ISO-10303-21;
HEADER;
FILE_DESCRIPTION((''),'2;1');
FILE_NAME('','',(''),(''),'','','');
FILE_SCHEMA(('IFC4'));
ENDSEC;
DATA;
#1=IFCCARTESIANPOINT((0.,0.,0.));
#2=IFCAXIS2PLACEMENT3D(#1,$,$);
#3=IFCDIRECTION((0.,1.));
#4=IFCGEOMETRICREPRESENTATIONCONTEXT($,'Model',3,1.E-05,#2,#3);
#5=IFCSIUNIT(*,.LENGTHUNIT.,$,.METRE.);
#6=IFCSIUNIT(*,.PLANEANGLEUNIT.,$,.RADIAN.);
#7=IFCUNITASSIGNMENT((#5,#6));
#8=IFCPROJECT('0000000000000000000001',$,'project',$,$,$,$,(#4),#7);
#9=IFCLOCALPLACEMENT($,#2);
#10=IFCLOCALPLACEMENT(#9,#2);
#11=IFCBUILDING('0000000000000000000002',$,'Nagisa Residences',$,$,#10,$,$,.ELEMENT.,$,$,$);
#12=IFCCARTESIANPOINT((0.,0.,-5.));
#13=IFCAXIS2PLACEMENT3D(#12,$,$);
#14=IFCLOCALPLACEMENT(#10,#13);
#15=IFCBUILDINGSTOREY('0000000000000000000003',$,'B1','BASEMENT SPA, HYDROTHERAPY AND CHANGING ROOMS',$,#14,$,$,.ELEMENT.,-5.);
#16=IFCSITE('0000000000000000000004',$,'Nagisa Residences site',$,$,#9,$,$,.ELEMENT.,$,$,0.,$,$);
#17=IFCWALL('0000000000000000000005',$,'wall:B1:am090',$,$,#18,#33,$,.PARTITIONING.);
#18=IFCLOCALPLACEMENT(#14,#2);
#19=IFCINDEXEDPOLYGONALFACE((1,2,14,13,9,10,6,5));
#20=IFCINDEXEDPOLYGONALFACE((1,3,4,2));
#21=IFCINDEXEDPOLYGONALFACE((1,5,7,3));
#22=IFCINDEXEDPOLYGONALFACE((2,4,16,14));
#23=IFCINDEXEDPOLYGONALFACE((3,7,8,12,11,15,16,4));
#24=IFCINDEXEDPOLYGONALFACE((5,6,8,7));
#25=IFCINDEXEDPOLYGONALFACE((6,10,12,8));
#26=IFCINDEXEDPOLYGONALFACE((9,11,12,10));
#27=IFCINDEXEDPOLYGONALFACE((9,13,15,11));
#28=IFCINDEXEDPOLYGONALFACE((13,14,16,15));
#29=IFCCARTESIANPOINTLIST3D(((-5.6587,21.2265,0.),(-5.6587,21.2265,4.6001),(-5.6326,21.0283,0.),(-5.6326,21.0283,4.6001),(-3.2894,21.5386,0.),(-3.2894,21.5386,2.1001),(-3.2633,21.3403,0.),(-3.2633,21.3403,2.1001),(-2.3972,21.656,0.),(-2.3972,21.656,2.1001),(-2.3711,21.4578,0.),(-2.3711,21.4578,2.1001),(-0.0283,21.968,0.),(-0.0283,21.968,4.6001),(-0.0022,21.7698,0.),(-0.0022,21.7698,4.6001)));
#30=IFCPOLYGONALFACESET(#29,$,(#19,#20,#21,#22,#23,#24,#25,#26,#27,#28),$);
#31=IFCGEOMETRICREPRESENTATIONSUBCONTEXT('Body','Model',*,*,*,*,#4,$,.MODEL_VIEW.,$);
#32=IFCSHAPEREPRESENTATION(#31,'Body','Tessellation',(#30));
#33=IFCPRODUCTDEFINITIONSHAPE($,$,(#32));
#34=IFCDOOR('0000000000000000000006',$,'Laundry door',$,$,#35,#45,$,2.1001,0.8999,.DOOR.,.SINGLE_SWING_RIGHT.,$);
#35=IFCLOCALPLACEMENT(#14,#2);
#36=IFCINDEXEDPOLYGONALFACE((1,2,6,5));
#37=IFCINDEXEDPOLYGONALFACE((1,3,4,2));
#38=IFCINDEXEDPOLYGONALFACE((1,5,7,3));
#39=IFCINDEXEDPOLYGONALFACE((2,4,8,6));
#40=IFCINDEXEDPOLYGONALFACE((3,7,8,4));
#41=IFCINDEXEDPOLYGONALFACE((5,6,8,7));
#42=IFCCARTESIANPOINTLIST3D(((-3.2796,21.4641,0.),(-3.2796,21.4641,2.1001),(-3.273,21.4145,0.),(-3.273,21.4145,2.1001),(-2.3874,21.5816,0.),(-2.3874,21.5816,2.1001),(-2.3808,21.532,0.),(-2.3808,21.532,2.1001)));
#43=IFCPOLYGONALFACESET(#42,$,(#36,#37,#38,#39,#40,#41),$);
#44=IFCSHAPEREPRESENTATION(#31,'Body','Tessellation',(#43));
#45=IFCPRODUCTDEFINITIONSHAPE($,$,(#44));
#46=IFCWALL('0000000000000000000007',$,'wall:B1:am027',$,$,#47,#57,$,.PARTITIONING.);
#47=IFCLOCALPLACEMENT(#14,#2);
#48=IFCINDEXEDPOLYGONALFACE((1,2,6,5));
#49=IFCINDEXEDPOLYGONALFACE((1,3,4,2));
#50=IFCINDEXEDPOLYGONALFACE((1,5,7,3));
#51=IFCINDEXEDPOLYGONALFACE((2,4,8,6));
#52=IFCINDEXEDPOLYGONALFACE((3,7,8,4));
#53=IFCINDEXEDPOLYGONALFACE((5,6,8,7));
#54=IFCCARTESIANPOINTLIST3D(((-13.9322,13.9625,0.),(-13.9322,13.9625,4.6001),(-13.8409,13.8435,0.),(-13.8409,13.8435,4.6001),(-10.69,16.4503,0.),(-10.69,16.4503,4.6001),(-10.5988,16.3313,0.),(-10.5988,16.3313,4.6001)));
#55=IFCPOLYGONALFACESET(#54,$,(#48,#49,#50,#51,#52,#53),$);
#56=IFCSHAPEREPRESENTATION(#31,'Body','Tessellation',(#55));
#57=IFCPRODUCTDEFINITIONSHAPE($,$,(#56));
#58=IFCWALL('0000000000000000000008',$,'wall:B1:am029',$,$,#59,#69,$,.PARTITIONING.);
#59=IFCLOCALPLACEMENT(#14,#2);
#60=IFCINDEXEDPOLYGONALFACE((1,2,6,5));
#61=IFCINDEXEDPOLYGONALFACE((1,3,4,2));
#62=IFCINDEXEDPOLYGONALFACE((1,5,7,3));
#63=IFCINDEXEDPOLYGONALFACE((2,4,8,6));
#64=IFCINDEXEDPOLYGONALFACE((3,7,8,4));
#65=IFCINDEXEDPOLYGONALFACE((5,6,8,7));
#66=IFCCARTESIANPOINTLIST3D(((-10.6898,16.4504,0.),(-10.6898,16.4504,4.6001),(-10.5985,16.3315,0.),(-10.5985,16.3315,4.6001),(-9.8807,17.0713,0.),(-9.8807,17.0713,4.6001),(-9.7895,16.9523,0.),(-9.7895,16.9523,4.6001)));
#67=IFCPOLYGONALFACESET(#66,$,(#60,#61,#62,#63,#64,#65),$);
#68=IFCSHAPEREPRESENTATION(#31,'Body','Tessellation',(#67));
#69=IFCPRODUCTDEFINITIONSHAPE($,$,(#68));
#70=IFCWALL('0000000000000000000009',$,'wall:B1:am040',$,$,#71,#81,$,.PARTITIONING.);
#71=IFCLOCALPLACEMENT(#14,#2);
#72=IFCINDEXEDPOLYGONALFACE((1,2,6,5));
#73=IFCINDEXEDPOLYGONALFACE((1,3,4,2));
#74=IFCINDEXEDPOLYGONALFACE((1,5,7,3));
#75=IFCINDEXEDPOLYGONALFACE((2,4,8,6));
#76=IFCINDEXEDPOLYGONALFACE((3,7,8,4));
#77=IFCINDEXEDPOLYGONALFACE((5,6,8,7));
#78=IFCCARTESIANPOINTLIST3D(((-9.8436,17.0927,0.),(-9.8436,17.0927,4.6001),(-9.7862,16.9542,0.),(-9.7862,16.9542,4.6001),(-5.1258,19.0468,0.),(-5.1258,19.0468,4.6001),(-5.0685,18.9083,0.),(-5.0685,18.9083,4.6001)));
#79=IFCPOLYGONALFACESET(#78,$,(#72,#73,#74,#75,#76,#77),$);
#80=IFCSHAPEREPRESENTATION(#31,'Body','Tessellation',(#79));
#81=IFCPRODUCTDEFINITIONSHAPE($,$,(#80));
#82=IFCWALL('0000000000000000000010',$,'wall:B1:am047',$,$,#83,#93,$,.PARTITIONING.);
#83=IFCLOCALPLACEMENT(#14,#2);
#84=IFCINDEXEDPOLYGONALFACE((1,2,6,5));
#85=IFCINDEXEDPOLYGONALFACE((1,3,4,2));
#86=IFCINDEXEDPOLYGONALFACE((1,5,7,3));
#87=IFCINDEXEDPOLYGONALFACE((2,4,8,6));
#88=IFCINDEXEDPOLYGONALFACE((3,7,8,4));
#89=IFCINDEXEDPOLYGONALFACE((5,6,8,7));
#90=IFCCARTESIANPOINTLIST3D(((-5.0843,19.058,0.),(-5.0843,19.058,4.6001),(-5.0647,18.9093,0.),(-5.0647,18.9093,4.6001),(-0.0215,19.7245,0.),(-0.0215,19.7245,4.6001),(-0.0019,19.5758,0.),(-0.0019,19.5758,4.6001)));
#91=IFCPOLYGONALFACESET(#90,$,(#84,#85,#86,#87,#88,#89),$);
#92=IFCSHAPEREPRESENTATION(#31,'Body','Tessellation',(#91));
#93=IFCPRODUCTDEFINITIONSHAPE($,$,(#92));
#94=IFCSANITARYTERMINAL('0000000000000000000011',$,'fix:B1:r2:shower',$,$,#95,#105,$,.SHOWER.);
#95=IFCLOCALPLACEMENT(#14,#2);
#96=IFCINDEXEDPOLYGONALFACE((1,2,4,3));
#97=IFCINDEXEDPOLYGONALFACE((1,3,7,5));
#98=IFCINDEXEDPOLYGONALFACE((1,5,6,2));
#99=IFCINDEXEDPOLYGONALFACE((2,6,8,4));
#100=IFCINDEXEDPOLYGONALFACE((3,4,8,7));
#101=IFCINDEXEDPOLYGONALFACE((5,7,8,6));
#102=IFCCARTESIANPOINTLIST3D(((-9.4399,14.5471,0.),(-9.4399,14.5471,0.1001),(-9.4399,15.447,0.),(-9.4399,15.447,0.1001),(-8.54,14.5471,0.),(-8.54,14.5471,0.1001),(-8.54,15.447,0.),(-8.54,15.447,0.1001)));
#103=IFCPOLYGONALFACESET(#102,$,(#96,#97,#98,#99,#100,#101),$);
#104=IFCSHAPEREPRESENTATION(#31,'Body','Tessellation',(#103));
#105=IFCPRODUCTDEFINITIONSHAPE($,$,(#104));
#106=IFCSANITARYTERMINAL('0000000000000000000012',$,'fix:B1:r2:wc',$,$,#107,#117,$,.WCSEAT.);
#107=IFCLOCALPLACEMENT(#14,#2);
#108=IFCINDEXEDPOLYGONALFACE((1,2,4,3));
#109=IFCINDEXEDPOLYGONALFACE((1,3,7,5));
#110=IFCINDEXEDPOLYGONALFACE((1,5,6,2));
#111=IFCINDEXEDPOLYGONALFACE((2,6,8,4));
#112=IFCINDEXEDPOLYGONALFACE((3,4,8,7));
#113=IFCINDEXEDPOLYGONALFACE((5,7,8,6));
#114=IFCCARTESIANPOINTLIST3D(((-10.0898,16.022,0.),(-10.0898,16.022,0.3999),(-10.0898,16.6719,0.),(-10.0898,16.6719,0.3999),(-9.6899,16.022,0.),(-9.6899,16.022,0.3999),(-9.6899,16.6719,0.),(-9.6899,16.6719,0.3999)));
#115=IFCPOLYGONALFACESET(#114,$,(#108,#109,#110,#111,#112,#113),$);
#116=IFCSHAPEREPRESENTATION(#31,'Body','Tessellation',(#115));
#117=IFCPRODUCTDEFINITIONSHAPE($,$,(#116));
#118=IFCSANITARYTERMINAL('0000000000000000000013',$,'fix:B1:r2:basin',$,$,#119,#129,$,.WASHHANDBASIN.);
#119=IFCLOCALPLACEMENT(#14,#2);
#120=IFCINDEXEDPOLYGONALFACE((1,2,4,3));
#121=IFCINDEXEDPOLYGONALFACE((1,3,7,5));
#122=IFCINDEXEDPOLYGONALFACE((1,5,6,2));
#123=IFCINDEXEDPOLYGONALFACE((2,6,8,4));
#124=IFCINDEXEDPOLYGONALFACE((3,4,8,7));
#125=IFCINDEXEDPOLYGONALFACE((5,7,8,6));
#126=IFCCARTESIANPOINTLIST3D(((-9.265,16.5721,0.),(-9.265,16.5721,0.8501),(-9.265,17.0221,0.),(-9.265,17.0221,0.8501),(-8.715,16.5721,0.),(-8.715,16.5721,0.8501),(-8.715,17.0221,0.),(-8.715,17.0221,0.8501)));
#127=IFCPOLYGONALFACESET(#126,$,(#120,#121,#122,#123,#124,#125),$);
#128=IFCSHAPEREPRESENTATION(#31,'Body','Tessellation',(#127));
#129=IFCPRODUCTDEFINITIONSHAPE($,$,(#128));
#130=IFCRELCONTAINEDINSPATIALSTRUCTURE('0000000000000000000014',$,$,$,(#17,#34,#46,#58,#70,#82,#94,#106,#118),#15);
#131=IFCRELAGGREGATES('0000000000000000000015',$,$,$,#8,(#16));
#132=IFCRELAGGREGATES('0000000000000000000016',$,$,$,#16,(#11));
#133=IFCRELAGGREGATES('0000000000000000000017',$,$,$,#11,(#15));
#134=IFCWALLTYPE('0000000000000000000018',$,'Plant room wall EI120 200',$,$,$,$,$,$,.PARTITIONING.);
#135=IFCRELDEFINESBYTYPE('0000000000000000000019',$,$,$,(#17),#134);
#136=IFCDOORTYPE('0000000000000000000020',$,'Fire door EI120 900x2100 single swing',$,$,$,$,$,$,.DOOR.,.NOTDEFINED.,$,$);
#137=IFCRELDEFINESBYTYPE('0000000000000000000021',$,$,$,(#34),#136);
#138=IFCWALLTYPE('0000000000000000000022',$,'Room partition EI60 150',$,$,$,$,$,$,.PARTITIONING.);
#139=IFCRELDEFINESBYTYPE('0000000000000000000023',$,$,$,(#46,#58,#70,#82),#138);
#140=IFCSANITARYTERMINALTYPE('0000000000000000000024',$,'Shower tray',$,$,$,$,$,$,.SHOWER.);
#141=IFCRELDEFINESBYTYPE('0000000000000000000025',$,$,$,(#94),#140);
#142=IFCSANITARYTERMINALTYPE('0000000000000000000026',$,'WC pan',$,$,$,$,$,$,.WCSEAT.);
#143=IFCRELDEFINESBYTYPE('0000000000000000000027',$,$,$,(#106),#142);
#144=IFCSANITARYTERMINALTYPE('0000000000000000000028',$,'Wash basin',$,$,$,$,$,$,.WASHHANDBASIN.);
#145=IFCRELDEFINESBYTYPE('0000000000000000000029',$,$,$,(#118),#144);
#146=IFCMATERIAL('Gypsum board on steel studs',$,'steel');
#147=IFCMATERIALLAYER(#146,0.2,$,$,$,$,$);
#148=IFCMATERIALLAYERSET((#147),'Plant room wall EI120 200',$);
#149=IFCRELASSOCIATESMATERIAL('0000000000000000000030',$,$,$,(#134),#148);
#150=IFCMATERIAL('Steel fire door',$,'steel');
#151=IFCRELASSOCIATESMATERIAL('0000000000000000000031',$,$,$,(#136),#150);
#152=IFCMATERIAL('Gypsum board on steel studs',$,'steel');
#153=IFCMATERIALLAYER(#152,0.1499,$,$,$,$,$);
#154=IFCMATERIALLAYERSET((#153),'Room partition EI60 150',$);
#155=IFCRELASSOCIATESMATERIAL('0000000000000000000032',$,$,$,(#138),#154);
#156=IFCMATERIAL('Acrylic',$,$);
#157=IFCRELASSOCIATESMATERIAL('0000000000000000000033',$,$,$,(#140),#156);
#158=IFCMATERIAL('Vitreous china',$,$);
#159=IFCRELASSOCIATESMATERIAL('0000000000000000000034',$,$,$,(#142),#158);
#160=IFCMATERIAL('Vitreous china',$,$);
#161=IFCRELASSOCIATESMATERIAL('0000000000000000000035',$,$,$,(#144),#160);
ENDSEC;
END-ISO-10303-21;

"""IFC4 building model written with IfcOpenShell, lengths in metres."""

from ifc_helpers import new_model, si_unit, direction, frame, frame_2d, origin, origin_2d, place, context, subcontext, project, spatial, rectangle, extrude, material, layer, layer_set, type_object, element, fill, save


model = new_model("IFC4")

# Units and contexts
model_context = context("Model", 3, precision=1e-05, world=origin(), true_north=direction((0.0, 1.0)))
body_context = subcontext(model_context, "Body", "Model", "MODEL_VIEW")
ifc_project = project(units=[si_unit("LENGTHUNIT", "METRE"), si_unit("PLANEANGLEUNIT", "RADIAN")], contexts=[model_context])

# Site, building, storey
site_placement = place(None, origin())
site = spatial("IfcSite", under=ifc_project, at=site_placement, Name="Nagisa Residences site", CompositionType="ELEMENT", RefElevation=0.0)
building_placement = place(site_placement, origin())
building = spatial("IfcBuilding", under=site, at=building_placement, Name="Nagisa Residences", CompositionType="ELEMENT")
storey_placement = place(building_placement, frame((0.0, 0.0, -5.0)))
storey = spatial("IfcBuildingStorey", under=building, at=storey_placement, Name="B1", Description="BASEMENT SPA, HYDROTHERAPY AND CHANGING ROOMS", CompositionType="ELEMENT", Elevation=-5.0)

# Shared definitions
ifc_material_1 = material(Name="Gypsum board on steel studs", Category="steel")
ifc_layer_1 = layer(ifc_material_1, 0.2)
ifc_layer_set_1 = layer_set([ifc_layer_1], Name="Plant room wall EI120 200")
wall_type_1 = type_object("IfcWallType", Name="Plant room wall EI120 200", PredefinedType="PARTITIONING", material=ifc_layer_set_1)

# Wall, opening, door
wall_1_placement = place(storey_placement, frame((-5.6455, 21.1274, 0.0), z_axis=(0.0, 0.0, 1.0), x_axis=(0.99144, 0.130561, 0.0)))
wall_1 = element("IfcWall", 1, at=wall_1_placement, inside=storey, type_object=wall_type_1, Name="wall:B1:am090", PredefinedType="PARTITIONING", context=body_context, shape_type="SweptSolid", body=[
    extrude(rectangle(XDim=5.679, YDim=0.2, at=frame_2d((2.8394, 0.0))), origin(), (0.0, 0.0, 1.0), 4.6001),
])
opening_placement = place(wall_1_placement, frame((2.3896, 0.0, 0.0)))
opening = element("IfcOpeningElement", 2, at=opening_placement, cuts=wall_1, PredefinedType="OPENING", context=body_context, shape_type="SweptSolid", body=[
    extrude(rectangle(XDim=0.8999, YDim=2.1001, at=frame_2d((0.45, 1.05))), frame((0.0, 0.1099, 0.0), z_axis=(0.0, -1.0, 0.0), x_axis=(1.0, 0.0, 0.0)), (0.0, 0.0, 1.0), 0.22),
])
ifc_material_2 = material(Name="Steel fire door", Category="steel")
door_type = type_object("IfcDoorType", Name="Fire door EI120 900x2100 single swing", OperationType="NOTDEFINED", PredefinedType="DOOR", material=ifc_material_2)
door_placement = place(opening_placement, origin())
door = element("IfcDoor", 3, at=door_placement, inside=storey, type_object=door_type, Name="Laundry door", OperationType="SINGLE_SWING_RIGHT", OverallHeight=2.1001, OverallWidth=0.8999, PredefinedType="DOOR", context=body_context, shape_type="SweptSolid", body=[
    extrude(rectangle(XDim=0.8999, YDim=2.1001, at=frame_2d((0.45, 1.05))), frame((0.0, 0.0249, 0.0), z_axis=(0.0, -1.0, 0.0), x_axis=(1.0, 0.0, 0.0)), (0.0, 0.0, 1.0), 0.05),
])
fill(opening, door)

# Walls
ifc_material_3 = material(Name="Gypsum board on steel studs", Category="steel")
ifc_layer_2 = layer(ifc_material_3, 0.1499)
ifc_layer_set_2 = layer_set([ifc_layer_2], Name="Room partition EI60 150")
wall_type_2 = type_object("IfcWallType", Name="Room partition EI60 150", PredefinedType="PARTITIONING", material=ifc_layer_set_2)
wall_2_placement = place(storey_placement, frame((-10.6443, 16.3909, 0.0), z_axis=(0.0, 0.0, 1.0), x_axis=(-0.793356, -0.608758, 0.0)))
element("IfcWall", 4, at=wall_2_placement, inside=storey, type_object=wall_type_2, Name="wall:B1:am027", PredefinedType="PARTITIONING", context=body_context, shape_type="SweptSolid", body=[
    extrude(rectangle(XDim=4.0867, YDim=0.1499, at=frame_2d((2.0435, 0.0))), origin(), (0.0, 0.0, 1.0), 4.6001),
])
wall_3_placement = place(storey_placement, frame((-9.8352, 17.0117, 0.0), z_axis=(0.0, 0.0, 1.0), x_axis=(-0.793344, -0.608773, 0.0)))
element("IfcWall", 5, at=wall_3_placement, inside=storey, type_object=wall_type_2, Name="wall:B1:am029", PredefinedType="PARTITIONING", context=body_context, shape_type="SweptSolid", body=[
    extrude(rectangle(XDim=1.0198, YDim=0.1499, at=frame_2d((0.5098, 0.0))), origin(), (0.0, 0.0, 1.0), 4.6001),
])
for number, where, z_axis, x_axis, name in (
    (6, (-5.0972, 18.9775, 0.0), (0.0, 0.0, 1.0), (-0.923884, -0.382673, 0.0), "wall:B1:am040"),
    (7, (-0.0117, 19.6501, 0.0), (0.0, 0.0, 1.0), (-0.991445, -0.130523, 0.0), "wall:B1:am047"),
):
    element("IfcWall", number, at=place(storey_placement, frame(where, z_axis=z_axis, x_axis=x_axis)), inside=storey, type_object=wall_type_2, Name=name, PredefinedType="PARTITIONING", context=body_context, shape_type="SweptSolid", body=[
        extrude(rectangle(XDim=5.1064, YDim=0.1499, at=frame_2d((2.5532, 0.0))), origin(), (0.0, 0.0, 1.0), 4.6001),
    ])

# Sanitary terminals
ifc_material_4 = material(Name="Acrylic")
sanitary_terminal_type_1 = type_object("IfcSanitaryTerminalType", Name="Shower tray", PredefinedType="SHOWER", material=ifc_material_4)
sanitary_terminal_1_placement = place(storey_placement, frame((-8.99, 14.9971, 0.0), z_axis=(0.0, 0.0, 1.0), x_axis=(1.0, 0.0, 0.0)))
element("IfcSanitaryTerminal", 8, at=sanitary_terminal_1_placement, inside=storey, type_object=sanitary_terminal_type_1, Name="fix:B1:r2:shower", PredefinedType="SHOWER", context=body_context, shape_type="SweptSolid", body=[
    extrude(rectangle(XDim=0.8999, YDim=0.8999, at=origin_2d()), origin(), (0.0, 0.0, 1.0), 0.1001),
])
ifc_material_5 = material(Name="Vitreous china")
sanitary_terminal_type_2 = type_object("IfcSanitaryTerminalType", Name="WC pan", PredefinedType="WCSEAT", material=ifc_material_5)
sanitary_terminal_2_placement = place(storey_placement, frame((-9.8899, 16.3469, 0.0), z_axis=(0.0, 0.0, 1.0), x_axis=(1.0, 0.0, 0.0)))
element("IfcSanitaryTerminal", 9, at=sanitary_terminal_2_placement, inside=storey, type_object=sanitary_terminal_type_2, Name="fix:B1:r2:wc", PredefinedType="WCSEAT", context=body_context, shape_type="SweptSolid", body=[
    extrude(rectangle(XDim=0.3999, YDim=0.6499, at=origin_2d()), origin(), (0.0, 0.0, 1.0), 0.3999),
])
ifc_material_6 = material(Name="Vitreous china")
sanitary_terminal_type_3 = type_object("IfcSanitaryTerminalType", Name="Wash basin", PredefinedType="WASHHANDBASIN", material=ifc_material_6)
sanitary_terminal_3_placement = place(storey_placement, frame((-8.99, 16.7971, 0.0), z_axis=(0.0, 0.0, 1.0), x_axis=(1.0, 0.0, 0.0)))
element("IfcSanitaryTerminal", 10, at=sanitary_terminal_3_placement, inside=storey, type_object=sanitary_terminal_type_3, Name="fix:B1:r2:basin", PredefinedType="WASHHANDBASIN", context=body_context, shape_type="SweptSolid", body=[
    extrude(rectangle(XDim=0.55, YDim=0.45, at=origin_2d()), origin(), (0.0, 0.0, 1.0), 0.8501),
])

save(model, "model.ifc")
